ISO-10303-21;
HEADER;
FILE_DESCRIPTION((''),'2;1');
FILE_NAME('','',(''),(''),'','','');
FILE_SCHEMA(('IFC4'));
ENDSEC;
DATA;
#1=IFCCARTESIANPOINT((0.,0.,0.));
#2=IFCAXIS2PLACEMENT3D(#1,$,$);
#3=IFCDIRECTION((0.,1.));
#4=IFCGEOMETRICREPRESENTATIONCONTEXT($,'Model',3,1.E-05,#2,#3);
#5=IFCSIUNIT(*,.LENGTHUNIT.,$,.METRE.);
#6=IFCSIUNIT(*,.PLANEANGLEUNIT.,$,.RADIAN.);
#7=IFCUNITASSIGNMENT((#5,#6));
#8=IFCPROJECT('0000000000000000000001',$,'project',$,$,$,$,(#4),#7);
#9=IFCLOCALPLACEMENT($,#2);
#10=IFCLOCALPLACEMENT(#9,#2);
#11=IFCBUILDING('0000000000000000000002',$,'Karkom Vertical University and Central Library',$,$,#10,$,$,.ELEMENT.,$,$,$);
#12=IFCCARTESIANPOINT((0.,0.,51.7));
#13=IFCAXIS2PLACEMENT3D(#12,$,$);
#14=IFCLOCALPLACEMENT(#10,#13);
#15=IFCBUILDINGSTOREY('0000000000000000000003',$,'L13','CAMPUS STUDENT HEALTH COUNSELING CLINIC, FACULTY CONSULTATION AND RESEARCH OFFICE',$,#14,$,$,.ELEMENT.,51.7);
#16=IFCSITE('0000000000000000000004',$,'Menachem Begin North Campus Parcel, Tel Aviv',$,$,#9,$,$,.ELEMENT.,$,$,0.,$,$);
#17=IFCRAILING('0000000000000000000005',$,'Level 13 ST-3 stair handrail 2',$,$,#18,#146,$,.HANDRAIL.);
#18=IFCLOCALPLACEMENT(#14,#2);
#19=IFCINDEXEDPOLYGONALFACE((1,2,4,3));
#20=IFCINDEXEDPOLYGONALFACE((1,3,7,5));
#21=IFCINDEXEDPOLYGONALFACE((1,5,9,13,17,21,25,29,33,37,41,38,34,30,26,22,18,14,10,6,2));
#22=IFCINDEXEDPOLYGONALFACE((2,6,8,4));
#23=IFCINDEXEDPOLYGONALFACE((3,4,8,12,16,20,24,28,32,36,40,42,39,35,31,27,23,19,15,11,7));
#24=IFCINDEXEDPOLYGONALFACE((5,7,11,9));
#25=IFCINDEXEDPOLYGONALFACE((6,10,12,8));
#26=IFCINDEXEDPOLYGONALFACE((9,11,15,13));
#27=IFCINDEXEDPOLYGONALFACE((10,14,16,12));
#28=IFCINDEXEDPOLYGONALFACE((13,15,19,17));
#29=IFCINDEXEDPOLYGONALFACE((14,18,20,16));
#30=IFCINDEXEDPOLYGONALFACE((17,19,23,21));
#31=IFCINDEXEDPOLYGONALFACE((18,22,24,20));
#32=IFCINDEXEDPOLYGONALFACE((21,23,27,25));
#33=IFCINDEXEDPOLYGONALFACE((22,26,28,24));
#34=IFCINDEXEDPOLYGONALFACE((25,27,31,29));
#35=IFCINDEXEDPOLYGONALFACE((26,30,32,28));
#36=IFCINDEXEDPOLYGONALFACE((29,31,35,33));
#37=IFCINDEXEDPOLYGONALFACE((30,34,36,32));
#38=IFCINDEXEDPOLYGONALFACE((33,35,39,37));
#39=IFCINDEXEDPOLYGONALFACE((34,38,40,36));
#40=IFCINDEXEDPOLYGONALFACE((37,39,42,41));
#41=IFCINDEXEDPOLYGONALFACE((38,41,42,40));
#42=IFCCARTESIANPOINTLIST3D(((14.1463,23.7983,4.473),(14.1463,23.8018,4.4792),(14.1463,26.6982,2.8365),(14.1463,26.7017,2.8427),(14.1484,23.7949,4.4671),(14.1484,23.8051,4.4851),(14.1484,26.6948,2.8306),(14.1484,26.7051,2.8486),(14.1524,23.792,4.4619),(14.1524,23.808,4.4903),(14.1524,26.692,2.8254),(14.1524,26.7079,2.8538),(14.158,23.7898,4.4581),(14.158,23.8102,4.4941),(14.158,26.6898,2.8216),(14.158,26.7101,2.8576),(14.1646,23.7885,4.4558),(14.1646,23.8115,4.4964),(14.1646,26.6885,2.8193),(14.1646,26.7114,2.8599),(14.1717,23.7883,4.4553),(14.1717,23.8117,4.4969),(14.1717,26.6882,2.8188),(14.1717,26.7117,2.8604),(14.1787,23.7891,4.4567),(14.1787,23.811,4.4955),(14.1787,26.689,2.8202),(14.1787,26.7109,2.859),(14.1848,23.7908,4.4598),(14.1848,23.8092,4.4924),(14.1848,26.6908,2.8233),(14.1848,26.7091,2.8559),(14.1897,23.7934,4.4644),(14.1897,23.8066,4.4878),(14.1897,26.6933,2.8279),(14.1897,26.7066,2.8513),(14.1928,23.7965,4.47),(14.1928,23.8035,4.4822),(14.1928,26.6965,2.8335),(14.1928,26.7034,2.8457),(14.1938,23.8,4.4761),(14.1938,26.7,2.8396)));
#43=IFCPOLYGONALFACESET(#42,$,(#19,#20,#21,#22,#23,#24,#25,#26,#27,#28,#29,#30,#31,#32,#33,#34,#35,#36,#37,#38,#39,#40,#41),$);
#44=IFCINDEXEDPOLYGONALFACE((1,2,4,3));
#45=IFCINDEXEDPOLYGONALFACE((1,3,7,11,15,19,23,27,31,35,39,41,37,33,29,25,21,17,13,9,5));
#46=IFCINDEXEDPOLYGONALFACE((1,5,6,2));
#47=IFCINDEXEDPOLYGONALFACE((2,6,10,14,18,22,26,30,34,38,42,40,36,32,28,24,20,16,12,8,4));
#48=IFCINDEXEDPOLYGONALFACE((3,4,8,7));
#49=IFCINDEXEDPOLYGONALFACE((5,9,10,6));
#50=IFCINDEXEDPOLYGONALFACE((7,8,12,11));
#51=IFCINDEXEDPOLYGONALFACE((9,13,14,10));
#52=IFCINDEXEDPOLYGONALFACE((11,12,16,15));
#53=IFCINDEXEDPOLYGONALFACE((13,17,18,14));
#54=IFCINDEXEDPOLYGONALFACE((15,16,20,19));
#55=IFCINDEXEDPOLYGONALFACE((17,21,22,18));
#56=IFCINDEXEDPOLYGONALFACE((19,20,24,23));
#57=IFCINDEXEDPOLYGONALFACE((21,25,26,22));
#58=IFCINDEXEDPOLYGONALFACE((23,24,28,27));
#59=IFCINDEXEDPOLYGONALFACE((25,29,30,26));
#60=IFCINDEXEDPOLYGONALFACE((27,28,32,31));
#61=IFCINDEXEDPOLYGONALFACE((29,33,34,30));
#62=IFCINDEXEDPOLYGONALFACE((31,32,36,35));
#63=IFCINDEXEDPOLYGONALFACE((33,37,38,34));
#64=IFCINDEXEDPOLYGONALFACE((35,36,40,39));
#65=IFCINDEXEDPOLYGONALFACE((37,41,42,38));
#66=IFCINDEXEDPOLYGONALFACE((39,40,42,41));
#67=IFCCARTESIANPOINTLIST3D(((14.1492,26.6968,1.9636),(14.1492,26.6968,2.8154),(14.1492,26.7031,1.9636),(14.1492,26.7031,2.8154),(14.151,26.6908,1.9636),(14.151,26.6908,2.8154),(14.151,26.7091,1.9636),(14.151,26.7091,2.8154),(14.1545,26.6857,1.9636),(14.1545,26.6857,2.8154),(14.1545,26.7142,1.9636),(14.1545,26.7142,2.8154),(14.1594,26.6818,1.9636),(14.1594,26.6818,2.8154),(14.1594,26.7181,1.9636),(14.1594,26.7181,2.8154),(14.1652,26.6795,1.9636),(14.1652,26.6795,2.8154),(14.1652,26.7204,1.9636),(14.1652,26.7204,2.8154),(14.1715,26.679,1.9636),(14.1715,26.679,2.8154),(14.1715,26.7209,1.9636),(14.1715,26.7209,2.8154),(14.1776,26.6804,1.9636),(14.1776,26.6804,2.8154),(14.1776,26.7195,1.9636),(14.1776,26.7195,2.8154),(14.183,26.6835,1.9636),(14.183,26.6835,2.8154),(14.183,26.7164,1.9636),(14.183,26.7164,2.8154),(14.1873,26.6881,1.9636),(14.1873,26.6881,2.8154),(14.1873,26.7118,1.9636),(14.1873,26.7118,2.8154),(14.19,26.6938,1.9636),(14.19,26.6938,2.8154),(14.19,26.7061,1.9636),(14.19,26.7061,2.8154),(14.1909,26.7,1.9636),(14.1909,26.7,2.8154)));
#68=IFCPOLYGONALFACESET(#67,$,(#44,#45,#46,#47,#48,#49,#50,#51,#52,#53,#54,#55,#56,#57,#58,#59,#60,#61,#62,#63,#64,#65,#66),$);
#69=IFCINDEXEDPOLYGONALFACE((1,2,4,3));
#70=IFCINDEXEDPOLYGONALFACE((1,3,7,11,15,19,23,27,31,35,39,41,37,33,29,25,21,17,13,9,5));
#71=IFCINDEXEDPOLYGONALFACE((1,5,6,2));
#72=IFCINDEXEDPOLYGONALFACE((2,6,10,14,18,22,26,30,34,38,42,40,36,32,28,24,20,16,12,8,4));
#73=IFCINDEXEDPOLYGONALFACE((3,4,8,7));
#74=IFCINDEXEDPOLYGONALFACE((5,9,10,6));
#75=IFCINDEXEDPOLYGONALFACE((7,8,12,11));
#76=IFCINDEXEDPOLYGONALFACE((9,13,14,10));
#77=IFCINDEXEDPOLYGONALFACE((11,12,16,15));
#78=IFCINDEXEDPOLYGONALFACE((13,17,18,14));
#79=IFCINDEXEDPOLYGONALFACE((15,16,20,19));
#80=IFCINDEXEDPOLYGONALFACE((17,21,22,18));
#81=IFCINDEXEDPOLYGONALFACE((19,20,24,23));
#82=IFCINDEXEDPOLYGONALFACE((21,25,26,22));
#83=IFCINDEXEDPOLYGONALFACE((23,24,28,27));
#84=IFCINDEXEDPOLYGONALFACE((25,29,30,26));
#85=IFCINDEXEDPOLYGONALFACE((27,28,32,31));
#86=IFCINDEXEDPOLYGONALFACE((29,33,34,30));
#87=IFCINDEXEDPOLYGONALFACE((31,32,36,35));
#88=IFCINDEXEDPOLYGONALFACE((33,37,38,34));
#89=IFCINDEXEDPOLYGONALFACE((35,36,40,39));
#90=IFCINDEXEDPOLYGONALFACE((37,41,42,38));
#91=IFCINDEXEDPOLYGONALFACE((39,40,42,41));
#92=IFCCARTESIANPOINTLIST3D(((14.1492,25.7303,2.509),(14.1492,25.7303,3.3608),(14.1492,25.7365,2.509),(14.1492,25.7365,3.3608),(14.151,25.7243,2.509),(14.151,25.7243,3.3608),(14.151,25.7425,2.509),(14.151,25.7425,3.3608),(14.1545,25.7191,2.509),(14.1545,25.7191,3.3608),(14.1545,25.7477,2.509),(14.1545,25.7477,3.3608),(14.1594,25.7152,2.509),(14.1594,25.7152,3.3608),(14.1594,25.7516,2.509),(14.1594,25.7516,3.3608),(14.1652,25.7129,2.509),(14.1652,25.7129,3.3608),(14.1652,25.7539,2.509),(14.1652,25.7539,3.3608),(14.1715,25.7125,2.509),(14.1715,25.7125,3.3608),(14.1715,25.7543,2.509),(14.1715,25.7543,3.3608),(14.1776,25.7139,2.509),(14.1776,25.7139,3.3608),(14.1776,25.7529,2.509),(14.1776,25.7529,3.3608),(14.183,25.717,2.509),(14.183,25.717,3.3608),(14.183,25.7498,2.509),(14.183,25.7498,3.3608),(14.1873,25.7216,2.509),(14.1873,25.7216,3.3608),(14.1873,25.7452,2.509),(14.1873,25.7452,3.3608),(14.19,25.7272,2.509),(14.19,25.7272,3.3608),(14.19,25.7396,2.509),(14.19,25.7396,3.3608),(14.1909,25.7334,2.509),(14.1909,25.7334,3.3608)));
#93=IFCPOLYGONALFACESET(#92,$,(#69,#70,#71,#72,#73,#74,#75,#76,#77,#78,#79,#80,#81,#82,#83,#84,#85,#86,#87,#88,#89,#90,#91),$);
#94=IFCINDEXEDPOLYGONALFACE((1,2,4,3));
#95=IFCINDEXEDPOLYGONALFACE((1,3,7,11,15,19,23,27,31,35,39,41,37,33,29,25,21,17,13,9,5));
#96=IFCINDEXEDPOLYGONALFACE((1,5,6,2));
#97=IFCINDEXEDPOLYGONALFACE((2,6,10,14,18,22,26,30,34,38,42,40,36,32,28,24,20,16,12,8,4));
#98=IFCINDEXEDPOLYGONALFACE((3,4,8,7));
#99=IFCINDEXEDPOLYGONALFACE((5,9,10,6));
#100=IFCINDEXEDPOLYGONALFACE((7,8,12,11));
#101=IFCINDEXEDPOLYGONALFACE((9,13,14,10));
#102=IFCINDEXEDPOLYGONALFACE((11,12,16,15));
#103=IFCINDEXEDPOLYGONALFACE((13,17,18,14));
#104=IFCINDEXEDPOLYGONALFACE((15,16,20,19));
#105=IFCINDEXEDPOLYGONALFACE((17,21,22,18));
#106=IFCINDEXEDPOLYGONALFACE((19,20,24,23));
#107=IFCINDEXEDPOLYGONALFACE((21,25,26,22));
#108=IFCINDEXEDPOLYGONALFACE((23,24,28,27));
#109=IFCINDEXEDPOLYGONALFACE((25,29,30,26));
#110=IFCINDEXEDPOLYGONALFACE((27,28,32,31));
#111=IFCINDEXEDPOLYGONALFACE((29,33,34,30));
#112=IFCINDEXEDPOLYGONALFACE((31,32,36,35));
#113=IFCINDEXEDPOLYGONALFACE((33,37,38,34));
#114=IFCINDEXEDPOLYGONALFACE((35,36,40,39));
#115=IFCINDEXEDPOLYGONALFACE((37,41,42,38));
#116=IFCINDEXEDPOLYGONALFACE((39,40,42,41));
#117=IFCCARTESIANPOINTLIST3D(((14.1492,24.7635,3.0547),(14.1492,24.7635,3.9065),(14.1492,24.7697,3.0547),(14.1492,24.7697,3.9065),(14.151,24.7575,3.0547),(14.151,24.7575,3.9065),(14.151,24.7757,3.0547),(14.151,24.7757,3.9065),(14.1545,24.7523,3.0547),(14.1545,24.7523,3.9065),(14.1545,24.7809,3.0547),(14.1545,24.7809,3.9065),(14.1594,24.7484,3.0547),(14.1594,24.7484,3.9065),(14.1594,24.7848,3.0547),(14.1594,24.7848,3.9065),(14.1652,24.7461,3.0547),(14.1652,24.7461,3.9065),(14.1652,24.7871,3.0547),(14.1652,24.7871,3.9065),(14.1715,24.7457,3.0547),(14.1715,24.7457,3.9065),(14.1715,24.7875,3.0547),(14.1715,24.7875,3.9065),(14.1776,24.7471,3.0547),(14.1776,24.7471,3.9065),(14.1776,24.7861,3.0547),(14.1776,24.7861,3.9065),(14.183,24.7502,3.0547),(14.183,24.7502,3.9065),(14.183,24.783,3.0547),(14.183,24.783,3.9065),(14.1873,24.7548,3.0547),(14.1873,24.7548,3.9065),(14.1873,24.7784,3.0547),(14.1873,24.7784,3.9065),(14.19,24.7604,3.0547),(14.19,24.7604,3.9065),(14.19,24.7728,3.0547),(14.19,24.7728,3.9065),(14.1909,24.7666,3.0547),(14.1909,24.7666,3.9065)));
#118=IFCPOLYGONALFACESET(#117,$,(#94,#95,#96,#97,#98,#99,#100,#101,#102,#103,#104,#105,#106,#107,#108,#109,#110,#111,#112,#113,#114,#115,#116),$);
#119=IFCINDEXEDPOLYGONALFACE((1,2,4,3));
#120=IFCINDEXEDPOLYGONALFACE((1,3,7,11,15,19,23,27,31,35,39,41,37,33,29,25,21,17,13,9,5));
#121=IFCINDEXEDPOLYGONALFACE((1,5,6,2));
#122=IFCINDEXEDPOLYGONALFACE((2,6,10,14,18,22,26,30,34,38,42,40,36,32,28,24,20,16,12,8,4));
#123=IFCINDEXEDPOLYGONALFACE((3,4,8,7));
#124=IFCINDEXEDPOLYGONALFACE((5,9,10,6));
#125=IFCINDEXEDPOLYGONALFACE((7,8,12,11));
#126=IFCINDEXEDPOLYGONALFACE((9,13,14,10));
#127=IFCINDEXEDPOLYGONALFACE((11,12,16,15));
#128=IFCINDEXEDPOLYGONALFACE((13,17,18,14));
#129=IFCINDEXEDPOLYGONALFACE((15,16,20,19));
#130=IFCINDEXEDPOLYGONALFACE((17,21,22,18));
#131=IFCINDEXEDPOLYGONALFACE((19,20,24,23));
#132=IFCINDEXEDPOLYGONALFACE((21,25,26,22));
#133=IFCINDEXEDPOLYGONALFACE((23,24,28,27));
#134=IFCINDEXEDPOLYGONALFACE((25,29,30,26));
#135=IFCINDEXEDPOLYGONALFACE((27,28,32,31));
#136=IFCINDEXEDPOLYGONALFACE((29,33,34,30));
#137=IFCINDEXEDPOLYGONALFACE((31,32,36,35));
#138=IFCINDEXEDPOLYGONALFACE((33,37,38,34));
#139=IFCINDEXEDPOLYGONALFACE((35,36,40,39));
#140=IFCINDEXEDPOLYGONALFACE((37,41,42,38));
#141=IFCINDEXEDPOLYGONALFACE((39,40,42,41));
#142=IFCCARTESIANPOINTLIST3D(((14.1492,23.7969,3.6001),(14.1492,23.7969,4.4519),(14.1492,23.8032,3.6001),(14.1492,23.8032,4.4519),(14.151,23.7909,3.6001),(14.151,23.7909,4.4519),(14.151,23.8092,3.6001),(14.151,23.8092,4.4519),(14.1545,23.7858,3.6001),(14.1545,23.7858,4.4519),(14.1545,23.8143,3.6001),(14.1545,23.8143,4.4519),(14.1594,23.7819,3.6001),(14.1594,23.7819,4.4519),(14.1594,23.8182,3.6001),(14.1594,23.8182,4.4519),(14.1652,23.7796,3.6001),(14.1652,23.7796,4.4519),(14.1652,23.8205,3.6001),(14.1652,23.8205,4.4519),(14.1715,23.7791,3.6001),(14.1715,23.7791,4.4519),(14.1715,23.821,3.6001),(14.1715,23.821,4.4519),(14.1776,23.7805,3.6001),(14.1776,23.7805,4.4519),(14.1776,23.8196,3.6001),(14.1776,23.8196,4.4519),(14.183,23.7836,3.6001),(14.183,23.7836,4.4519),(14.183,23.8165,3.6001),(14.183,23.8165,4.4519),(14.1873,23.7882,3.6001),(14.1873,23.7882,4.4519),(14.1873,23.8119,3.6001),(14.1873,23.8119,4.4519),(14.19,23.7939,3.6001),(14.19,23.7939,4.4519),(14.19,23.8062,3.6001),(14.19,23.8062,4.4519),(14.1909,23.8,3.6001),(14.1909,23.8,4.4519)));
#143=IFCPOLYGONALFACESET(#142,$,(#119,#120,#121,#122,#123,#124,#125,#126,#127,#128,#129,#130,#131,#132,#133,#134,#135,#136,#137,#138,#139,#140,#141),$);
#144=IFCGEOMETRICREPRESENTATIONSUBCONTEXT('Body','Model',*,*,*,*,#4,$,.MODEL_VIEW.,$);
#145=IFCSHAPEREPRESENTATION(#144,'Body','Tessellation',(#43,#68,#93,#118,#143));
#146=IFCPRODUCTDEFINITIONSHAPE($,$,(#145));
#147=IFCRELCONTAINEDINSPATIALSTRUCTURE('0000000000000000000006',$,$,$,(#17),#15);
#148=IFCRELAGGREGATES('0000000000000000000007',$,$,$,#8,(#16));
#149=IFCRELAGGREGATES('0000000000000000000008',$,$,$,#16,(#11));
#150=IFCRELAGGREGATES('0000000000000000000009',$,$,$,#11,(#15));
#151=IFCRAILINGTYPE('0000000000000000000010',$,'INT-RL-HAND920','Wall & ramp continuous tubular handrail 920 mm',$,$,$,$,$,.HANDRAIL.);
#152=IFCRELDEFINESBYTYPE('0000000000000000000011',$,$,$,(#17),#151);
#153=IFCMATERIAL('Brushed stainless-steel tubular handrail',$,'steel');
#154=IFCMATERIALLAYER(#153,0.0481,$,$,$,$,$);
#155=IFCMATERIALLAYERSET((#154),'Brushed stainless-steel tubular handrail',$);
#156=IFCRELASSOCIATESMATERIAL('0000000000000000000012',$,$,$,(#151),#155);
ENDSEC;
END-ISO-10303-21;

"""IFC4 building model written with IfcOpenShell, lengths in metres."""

from ifc_helpers import new_model, si_unit, direction, frame, origin, origin_2d, place, context, subcontext, project, spatial, circle, extrude, material, layer, layer_set, type_object, element, save


model = new_model("IFC4")

# Units and contexts
model_context = context("Model", 3, precision=1e-05, world=origin(), true_north=direction((0.0, 1.0)))
body_context = subcontext(model_context, "Body", "Model", "MODEL_VIEW")
ifc_project = project(units=[si_unit("LENGTHUNIT", "METRE"), si_unit("PLANEANGLEUNIT", "RADIAN")], contexts=[model_context])

# Site, building, storey
site_placement = place(None, origin())
site = spatial("IfcSite", under=ifc_project, at=site_placement, Name="Menachem Begin North Campus Parcel, Tel Aviv", CompositionType="ELEMENT", RefElevation=0.0)
building_placement = place(site_placement, origin())
building = spatial("IfcBuilding", under=site, at=building_placement, Name="Karkom Vertical University and Central Library", CompositionType="ELEMENT")
storey_placement = place(building_placement, frame((0.0, 0.0, 51.7)))
storey = spatial("IfcBuildingStorey", under=building, at=storey_placement, Name="L13", Description="CAMPUS STUDENT HEALTH COUNSELING CLINIC, FACULTY CONSULTATION AND RESEARCH OFFICE", CompositionType="ELEMENT", Elevation=51.7)

# Railing
ifc_material_1 = material(Name="Brushed stainless-steel tubular handrail", Category="steel")
ifc_layer_1 = layer(ifc_material_1, 0.0481)
ifc_layer_set_1 = layer_set([ifc_layer_1], Name="Brushed stainless-steel tubular handrail")
railing_type_1 = type_object("IfcRailingType", Name="INT-RL-HAND920", Description="Wall & ramp continuous tubular handrail 920 mm", PredefinedType="HANDRAIL", material=ifc_layer_set_1)
railing_1_placement = place(storey_placement, frame((14.1699, 26.7, 1.9636)))
element("IfcRailing", 1, at=railing_1_placement, inside=storey, type_object=railing_type_1, Name="Level 13 ST-3 stair handrail 2", PredefinedType="HANDRAIL", context=body_context, shape_type="SweptSolid", body=[
    extrude(circle(Radius=0.0239, at=origin_2d()), frame((0.0, 0.0, 0.876), z_axis=(0.0, -0.870897, 0.491465), x_axis=(1.0, 0.0, 0.0)), (0.0, 0.0, 1.0), 3.3298),
    extrude(circle(Radius=0.021, at=origin_2d()), origin(), (0.0, 0.0, 1.0), 0.8518),
    extrude(circle(Radius=0.021, at=origin_2d()), frame((0.0, -0.9666, 0.5454)), (0.0, 0.0, 1.0), 0.8518),
    extrude(circle(Radius=0.021, at=origin_2d()), frame((0.0, -1.9333, 1.0911)), (0.0, 0.0, 1.0), 0.8518),
    extrude(circle(Radius=0.021, at=origin_2d()), frame((0.0, -2.8999, 1.6365)), (0.0, 0.0, 1.0), 0.8518),
])

save(model, "model.ifc")
